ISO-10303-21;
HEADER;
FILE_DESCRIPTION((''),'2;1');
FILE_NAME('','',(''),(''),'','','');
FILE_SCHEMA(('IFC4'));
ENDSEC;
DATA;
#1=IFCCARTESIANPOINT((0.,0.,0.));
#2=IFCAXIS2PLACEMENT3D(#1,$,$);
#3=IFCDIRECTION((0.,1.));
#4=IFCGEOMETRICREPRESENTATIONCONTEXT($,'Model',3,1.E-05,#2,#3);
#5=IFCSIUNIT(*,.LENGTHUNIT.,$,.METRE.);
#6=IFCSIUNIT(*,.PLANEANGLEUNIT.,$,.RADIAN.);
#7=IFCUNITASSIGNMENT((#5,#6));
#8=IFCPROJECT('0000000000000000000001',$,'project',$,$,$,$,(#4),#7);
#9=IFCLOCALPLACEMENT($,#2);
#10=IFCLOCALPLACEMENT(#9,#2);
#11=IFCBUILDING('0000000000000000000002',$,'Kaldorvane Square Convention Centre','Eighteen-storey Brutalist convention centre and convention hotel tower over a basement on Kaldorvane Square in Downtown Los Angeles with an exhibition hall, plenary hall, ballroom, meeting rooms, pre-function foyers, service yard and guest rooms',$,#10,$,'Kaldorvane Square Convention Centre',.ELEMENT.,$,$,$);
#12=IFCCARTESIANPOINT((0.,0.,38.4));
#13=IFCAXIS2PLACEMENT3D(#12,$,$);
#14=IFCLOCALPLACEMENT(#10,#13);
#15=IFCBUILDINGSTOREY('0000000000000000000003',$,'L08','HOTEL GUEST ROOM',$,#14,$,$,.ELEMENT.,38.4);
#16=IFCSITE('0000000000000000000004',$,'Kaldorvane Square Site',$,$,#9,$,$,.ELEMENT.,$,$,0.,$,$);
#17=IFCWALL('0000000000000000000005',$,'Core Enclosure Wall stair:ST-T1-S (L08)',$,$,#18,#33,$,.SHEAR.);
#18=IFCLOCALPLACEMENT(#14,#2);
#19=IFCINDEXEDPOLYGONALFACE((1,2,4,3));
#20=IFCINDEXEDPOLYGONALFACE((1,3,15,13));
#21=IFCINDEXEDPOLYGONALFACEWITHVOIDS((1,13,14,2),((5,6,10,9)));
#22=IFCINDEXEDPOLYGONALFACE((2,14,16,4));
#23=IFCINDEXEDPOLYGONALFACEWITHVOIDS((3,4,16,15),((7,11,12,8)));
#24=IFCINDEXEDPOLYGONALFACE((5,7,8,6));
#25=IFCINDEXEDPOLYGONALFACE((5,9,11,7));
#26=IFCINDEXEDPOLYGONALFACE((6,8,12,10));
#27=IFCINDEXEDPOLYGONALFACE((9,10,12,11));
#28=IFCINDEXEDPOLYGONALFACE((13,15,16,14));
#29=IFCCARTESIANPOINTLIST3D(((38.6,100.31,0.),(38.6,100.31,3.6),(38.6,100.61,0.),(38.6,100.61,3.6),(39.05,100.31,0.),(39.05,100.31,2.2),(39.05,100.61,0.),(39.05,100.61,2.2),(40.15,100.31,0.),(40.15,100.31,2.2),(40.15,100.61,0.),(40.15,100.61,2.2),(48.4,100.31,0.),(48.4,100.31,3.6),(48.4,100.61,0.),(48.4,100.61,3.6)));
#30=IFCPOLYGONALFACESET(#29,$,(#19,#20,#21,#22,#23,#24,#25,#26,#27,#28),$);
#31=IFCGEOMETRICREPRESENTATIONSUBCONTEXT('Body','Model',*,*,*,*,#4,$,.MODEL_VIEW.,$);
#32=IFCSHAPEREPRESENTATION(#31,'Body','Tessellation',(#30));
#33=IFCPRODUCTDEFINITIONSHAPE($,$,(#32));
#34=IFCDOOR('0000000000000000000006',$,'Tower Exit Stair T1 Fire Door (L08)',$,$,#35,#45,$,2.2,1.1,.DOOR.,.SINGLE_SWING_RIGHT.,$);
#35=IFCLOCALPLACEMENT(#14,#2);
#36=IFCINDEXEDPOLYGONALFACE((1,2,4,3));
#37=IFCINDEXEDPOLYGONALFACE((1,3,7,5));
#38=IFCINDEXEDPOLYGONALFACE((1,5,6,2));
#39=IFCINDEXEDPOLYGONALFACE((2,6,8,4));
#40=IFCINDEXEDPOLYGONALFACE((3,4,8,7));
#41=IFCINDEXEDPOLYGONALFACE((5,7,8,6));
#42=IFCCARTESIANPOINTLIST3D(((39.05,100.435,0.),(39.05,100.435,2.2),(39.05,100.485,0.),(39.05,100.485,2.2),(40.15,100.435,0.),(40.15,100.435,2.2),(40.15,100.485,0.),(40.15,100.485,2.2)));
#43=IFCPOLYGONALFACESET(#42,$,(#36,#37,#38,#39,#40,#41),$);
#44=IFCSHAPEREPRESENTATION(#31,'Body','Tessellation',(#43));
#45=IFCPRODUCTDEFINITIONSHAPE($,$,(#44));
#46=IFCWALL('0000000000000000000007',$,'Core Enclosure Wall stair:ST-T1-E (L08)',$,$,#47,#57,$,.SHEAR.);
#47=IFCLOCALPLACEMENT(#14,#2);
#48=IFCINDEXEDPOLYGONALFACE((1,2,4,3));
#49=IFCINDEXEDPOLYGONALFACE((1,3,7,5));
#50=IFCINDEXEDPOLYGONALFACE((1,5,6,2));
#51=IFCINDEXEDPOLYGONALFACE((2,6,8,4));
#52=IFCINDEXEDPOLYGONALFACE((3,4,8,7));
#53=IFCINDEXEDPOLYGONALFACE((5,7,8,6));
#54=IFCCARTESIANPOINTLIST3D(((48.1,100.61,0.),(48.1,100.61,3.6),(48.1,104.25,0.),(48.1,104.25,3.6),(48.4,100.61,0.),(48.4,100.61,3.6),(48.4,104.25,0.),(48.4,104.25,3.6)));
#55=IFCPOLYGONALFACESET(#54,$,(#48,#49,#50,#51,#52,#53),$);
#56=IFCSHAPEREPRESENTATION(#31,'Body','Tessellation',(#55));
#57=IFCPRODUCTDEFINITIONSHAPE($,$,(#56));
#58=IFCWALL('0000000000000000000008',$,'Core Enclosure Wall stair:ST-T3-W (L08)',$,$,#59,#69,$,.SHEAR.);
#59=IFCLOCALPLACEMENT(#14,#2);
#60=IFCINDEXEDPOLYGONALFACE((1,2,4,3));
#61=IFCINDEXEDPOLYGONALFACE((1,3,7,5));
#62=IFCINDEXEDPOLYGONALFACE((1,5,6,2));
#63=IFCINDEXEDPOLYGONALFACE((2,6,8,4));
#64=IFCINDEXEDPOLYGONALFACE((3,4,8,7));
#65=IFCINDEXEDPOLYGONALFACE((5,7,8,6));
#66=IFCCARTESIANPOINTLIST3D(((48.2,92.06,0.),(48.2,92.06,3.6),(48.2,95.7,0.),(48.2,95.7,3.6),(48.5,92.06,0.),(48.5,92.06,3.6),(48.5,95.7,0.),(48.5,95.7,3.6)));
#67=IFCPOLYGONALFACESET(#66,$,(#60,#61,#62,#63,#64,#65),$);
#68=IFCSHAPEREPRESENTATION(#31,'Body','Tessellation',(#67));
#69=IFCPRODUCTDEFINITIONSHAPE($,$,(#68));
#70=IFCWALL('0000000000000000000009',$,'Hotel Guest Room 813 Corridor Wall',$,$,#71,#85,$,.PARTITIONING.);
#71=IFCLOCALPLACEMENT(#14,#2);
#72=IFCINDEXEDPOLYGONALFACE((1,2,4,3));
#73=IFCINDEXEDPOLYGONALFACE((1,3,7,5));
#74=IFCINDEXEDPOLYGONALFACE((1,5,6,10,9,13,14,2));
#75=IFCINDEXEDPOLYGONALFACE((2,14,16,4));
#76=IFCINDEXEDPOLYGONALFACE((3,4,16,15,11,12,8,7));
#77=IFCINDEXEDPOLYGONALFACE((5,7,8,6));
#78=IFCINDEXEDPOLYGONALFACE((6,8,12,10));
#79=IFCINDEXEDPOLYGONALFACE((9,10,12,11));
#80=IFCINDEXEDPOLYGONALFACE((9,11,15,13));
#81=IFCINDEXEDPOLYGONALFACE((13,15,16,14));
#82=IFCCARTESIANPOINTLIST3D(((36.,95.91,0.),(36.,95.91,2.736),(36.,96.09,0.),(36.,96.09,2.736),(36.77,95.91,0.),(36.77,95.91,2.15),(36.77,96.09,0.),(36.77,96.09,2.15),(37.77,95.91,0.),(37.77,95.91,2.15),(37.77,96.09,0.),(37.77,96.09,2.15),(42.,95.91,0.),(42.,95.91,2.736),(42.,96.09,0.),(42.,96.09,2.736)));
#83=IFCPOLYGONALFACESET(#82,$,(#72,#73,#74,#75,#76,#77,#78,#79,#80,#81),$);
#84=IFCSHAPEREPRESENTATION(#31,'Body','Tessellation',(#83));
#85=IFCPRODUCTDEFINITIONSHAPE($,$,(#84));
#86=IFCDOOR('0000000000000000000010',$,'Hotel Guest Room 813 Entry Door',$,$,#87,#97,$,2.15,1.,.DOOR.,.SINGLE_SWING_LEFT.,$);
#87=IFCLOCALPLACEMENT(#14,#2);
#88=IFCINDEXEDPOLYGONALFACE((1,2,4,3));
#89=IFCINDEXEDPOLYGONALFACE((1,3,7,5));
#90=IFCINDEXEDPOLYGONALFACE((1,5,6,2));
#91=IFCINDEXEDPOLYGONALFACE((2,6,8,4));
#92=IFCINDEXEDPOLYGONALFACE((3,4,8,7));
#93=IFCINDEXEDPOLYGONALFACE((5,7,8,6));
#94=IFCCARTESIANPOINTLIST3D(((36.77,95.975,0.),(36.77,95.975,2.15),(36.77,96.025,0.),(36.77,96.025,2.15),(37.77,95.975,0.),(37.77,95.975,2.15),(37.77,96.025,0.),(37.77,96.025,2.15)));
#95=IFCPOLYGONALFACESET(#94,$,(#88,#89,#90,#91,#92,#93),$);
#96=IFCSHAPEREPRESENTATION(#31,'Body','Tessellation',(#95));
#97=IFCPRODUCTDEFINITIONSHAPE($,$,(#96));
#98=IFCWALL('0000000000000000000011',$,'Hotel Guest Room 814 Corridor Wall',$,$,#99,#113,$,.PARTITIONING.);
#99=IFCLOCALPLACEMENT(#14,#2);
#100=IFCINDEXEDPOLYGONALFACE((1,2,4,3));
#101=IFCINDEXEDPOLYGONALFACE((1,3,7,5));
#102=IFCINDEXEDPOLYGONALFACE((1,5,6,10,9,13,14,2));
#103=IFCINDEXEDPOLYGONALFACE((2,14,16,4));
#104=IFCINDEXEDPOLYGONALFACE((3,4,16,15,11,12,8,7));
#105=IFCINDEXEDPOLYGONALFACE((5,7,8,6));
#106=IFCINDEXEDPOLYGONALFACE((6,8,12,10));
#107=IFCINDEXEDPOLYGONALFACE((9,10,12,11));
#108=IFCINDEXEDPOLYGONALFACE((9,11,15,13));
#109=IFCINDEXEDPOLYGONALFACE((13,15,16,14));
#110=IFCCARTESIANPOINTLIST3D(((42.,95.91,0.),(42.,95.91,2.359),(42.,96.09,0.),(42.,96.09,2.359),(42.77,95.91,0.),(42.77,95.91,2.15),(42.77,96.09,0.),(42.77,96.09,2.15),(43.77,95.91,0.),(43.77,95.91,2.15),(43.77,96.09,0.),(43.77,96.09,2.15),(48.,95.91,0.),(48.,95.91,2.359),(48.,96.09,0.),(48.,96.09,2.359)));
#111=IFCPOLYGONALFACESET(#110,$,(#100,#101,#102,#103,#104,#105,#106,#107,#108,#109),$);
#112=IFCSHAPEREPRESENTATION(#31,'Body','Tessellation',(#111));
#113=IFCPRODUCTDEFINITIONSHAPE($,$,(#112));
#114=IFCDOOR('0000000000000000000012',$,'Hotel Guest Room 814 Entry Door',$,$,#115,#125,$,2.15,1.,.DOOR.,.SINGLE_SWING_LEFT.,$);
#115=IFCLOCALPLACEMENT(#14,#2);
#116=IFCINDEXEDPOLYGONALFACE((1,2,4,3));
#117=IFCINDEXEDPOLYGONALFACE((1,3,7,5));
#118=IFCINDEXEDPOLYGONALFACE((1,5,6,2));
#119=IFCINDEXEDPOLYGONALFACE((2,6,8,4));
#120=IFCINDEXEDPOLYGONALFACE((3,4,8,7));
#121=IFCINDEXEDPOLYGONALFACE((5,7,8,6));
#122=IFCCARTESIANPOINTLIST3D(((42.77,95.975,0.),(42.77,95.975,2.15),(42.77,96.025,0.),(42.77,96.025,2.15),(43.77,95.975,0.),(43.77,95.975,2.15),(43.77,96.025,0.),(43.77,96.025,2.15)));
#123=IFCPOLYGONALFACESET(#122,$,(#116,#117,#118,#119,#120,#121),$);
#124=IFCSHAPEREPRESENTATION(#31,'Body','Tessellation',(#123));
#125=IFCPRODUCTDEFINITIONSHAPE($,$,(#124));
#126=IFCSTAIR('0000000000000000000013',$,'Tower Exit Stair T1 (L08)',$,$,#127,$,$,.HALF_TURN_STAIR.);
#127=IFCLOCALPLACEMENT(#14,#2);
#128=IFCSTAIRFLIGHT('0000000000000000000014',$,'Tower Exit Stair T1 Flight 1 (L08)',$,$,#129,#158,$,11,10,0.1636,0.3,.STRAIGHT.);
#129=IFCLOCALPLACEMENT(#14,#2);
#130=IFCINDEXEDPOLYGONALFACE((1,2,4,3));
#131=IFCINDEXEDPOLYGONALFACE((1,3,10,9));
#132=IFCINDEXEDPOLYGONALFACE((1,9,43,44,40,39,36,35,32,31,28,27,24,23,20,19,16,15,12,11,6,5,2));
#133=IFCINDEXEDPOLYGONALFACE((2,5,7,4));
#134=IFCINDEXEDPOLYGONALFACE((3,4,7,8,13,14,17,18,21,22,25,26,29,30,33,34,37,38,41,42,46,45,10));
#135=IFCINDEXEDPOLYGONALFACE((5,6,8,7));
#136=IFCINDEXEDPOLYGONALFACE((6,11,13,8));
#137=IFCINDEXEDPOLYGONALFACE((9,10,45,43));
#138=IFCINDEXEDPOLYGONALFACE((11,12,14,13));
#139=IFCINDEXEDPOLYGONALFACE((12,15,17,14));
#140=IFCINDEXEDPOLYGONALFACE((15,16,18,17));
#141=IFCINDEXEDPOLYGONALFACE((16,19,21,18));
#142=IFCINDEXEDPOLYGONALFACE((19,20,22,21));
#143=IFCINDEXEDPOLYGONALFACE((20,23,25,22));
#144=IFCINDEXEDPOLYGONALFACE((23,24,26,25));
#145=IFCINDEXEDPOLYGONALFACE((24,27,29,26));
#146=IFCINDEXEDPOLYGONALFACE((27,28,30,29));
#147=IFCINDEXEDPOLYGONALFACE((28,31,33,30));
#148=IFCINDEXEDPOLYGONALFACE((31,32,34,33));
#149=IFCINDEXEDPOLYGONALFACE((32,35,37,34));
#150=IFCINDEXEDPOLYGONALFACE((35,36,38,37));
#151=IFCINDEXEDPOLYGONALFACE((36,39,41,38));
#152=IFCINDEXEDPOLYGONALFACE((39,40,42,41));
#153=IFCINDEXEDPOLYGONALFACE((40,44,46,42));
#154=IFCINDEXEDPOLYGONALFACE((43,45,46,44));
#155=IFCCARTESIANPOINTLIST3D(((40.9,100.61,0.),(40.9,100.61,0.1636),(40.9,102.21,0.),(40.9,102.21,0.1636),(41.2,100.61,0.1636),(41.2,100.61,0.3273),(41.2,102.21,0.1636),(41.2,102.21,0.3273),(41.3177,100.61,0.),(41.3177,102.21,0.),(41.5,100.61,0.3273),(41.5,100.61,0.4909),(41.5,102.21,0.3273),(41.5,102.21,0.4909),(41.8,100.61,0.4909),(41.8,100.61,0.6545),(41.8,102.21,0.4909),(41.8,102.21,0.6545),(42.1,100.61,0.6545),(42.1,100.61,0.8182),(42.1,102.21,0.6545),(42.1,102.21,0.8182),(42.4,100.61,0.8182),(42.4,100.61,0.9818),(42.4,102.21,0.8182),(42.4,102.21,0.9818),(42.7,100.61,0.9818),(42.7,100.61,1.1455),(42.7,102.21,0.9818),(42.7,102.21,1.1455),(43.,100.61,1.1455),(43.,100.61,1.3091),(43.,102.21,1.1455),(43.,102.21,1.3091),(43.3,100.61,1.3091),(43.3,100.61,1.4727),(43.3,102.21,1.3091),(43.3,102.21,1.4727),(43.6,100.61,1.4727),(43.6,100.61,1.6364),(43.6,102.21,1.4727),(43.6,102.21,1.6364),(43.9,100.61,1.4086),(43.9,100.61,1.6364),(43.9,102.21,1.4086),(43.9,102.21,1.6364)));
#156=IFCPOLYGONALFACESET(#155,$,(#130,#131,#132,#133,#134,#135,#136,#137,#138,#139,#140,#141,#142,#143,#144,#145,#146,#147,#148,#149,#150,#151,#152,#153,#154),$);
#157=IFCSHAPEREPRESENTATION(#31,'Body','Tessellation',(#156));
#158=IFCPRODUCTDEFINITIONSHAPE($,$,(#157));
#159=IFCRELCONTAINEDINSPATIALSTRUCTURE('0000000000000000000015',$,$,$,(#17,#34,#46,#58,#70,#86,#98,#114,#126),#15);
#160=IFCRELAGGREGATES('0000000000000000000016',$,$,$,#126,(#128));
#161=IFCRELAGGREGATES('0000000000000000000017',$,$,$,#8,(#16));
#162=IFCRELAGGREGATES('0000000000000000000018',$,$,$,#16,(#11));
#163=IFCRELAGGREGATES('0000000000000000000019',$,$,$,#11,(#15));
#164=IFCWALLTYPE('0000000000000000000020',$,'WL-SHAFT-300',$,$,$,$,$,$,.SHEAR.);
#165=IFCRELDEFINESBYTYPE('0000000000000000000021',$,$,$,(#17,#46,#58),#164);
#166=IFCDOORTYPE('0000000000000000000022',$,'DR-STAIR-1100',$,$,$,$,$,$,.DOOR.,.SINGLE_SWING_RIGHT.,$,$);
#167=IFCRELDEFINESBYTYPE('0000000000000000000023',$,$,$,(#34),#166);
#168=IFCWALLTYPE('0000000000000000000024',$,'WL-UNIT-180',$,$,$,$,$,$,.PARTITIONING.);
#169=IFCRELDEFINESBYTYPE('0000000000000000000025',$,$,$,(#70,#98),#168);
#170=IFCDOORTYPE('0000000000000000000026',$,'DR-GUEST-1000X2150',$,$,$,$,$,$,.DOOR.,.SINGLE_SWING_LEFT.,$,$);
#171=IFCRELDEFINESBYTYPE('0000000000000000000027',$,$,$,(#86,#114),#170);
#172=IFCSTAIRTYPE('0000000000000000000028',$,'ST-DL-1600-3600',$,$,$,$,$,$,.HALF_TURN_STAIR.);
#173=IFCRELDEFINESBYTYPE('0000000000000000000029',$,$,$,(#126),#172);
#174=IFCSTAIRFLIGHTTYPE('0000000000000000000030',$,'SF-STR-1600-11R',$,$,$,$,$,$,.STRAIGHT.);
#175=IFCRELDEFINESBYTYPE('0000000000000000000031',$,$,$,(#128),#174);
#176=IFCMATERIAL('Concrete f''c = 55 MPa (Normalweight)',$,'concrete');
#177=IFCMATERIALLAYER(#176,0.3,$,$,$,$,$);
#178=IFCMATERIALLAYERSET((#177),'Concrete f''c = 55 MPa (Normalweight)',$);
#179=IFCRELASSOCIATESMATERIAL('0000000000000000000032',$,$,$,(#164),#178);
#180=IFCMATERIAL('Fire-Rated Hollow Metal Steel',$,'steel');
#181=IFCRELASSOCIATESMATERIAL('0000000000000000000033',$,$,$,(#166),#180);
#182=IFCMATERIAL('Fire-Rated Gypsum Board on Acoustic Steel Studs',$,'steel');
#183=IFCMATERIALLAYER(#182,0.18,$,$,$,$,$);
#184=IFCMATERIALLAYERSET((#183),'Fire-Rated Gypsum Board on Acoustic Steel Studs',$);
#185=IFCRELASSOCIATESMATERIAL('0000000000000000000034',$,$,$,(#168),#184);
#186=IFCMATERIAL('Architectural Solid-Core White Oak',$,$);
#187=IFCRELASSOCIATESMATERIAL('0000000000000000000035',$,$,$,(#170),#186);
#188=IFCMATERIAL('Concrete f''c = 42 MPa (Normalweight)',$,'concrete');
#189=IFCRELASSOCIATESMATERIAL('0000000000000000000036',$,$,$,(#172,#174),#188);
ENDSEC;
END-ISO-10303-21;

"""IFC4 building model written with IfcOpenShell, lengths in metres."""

from ifc_helpers import new_model, si_unit, direction, frame, frame_2d, origin, place, context, subcontext, project, spatial, polyline, rectangle, outline, extrude, material, layer, layer_set, type_object, element, fill, aggregate, save


model = new_model("IFC4")

# Units and contexts
model_context = context("Model", 3, precision=1e-05, world=origin(), true_north=direction((0.0, 1.0)))
body_context = subcontext(model_context, "Body", "Model", "MODEL_VIEW")
ifc_project = project(units=[si_unit("LENGTHUNIT", "METRE"), si_unit("PLANEANGLEUNIT", "RADIAN")], contexts=[model_context])

# Site, building, storey
site_placement = place(None, origin())
site = spatial("IfcSite", under=ifc_project, at=site_placement, Name="Kaldorvane Square Site", CompositionType="ELEMENT", RefElevation=0.0)
building_placement = place(site_placement, origin())
building = spatial("IfcBuilding", under=site, at=building_placement, Name="Kaldorvane Square Convention Centre", Description="Eighteen-storey Brutalist convention centre and convention hotel tower over a basement on Kaldorvane Square in Downtown Los Angeles with an exhibition hall, plenary hall, ballroom, meeting rooms, pre-function foyers, service yard and guest rooms", LongName="Kaldorvane Square Convention Centre", CompositionType="ELEMENT")
storey_placement = place(building_placement, frame((0.0, 0.0, 38.4)))
storey = spatial("IfcBuildingStorey", under=building, at=storey_placement, Name="L08", Description="HOTEL GUEST ROOM", CompositionType="ELEMENT", Elevation=38.4)

# Shared definitions
ifc_material_1 = material(Name="Fire-Rated Gypsum Board on Acoustic Steel Studs", Category="steel")
ifc_material_2 = material(Name="Architectural Solid-Core White Oak")

# Wall, opening, door
ifc_material_3 = material(Name="Concrete f'c = 55 MPa (Normalweight)", Category="concrete")
ifc_layer_1 = layer(ifc_material_3, 0.3)
ifc_layer_set_1 = layer_set([ifc_layer_1], Name="Concrete f'c = 55 MPa (Normalweight)")
wall_type_1 = type_object("IfcWallType", Name="WL-SHAFT-300", PredefinedType="SHEAR", material=ifc_layer_set_1)
wall_1_placement = place(storey_placement, frame((38.6, 100.46, 0.0), z_axis=(0.0, 0.0, 1.0), x_axis=(1.0, 0.0, 0.0)))
wall_1 = element("IfcWall", 1, at=wall_1_placement, inside=storey, type_object=wall_type_1, Name="Core Enclosure Wall stair:ST-T1-S (L08)", PredefinedType="SHEAR", context=body_context, shape_type="SweptSolid", body=[
    extrude(rectangle(XDim=9.8, YDim=0.3, at=frame_2d((4.9, 0.0))), origin(), (0.0, 0.0, 1.0), 3.6),
])
opening_1_placement = place(wall_1_placement, frame((0.45, 0.0, 0.0)))
opening_1 = element("IfcOpeningElement", 2, at=opening_1_placement, cuts=wall_1, PredefinedType="OPENING", context=body_context, shape_type="SweptSolid", body=[
    extrude(rectangle(XDim=1.1, YDim=2.2, at=frame_2d((0.55, 1.1))), frame((0.0, 0.165, 0.0), z_axis=(0.0, -1.0, 0.0), x_axis=(1.0, 0.0, 0.0)), (0.0, 0.0, 1.0), 0.33),
])
ifc_material_4 = material(Name="Fire-Rated Hollow Metal Steel", Category="steel")
door_type_1 = type_object("IfcDoorType", Name="DR-STAIR-1100", OperationType="SINGLE_SWING_RIGHT", PredefinedType="DOOR", material=ifc_material_4)
door_1_placement = place(opening_1_placement, origin())
door_1 = element("IfcDoor", 3, at=door_1_placement, inside=storey, type_object=door_type_1, Name="Tower Exit Stair T1 Fire Door (L08)", OperationType="SINGLE_SWING_RIGHT", OverallHeight=2.2, OverallWidth=1.1, PredefinedType="DOOR", context=body_context, shape_type="SweptSolid", body=[
    extrude(rectangle(XDim=1.1, YDim=2.2, at=frame_2d((0.55, 1.1))), frame((0.0, 0.025, 0.0), z_axis=(0.0, -1.0, 0.0), x_axis=(1.0, 0.0, 0.0)), (0.0, 0.0, 1.0), 0.05),
])
fill(opening_1, door_1)

# Walls
for number, where, z_axis, x_axis, name in (
    (4, (48.25, 100.61, 0.0), (0.0, 0.0, 1.0), (0.0, 1.0, 0.0), "Core Enclosure Wall stair:ST-T1-E (L08)"),
    (5, (48.35, 95.7, 0.0), (0.0, 0.0, 1.0), (0.0, -1.0, 0.0), "Core Enclosure Wall stair:ST-T3-W (L08)"),
):
    element("IfcWall", number, at=place(storey_placement, frame(where, z_axis=z_axis, x_axis=x_axis)), inside=storey, type_object=wall_type_1, Name=name, PredefinedType="SHEAR", context=body_context, shape_type="SweptSolid", body=[
        extrude(rectangle(XDim=3.64, YDim=0.3, at=frame_2d((1.82, 0.0))), origin(), (0.0, 0.0, 1.0), 3.6),
    ])

# Walls, openings, doors
ifc_layer_2 = layer(ifc_material_1, 0.18)
ifc_layer_set_2 = layer_set([ifc_layer_2], Name="Fire-Rated Gypsum Board on Acoustic Steel Studs")
wall_type_2 = type_object("IfcWallType", Name="WL-UNIT-180", PredefinedType="PARTITIONING", material=ifc_layer_set_2)
wall_2_placement = place(storey_placement, frame((36.0, 96.0, 0.0), z_axis=(0.0, 0.0, 1.0), x_axis=(1.0, 0.0, 0.0)))
wall_2 = element("IfcWall", 6, at=wall_2_placement, inside=storey, type_object=wall_type_2, Name="Hotel Guest Room 813 Corridor Wall", PredefinedType="PARTITIONING", context=body_context, shape_type="SweptSolid", body=[
    extrude(rectangle(XDim=6.0, YDim=0.18, at=frame_2d((3.0, 0.0))), origin(), (0.0, 0.0, 1.0), 2.736),
])
opening_2_placement = place(wall_2_placement, frame((0.77, 0.0, 0.0)))
opening_2 = element("IfcOpeningElement", 7, at=opening_2_placement, cuts=wall_2, PredefinedType="OPENING", context=body_context, shape_type="SweptSolid", body=[
    extrude(rectangle(XDim=1.0, YDim=2.15, at=frame_2d((0.5, 1.075))), frame((0.0, 0.105, 0.0), z_axis=(0.0, -1.0, 0.0), x_axis=(1.0, 0.0, 0.0)), (0.0, 0.0, 1.0), 0.21),
])
door_type_2 = type_object("IfcDoorType", Name="DR-GUEST-1000X2150", OperationType="SINGLE_SWING_LEFT", PredefinedType="DOOR", material=ifc_material_2)
door_2_placement = place(opening_2_placement, origin())
door_2 = element("IfcDoor", 8, at=door_2_placement, inside=storey, type_object=door_type_2, Name="Hotel Guest Room 813 Entry Door", OperationType="SINGLE_SWING_LEFT", OverallHeight=2.15, OverallWidth=1.0, PredefinedType="DOOR", context=body_context, shape_type="SweptSolid", body=[
    extrude(rectangle(XDim=1.0, YDim=2.15, at=frame_2d((0.5, 1.075))), frame((0.0, 0.025, 0.0), z_axis=(0.0, -1.0, 0.0), x_axis=(1.0, 0.0, 0.0)), (0.0, 0.0, 1.0), 0.05),
])
fill(opening_2, door_2)
wall_3_placement = place(storey_placement, frame((42.0, 96.0, 0.0), z_axis=(0.0, 0.0, 1.0), x_axis=(1.0, 0.0, 0.0)))
wall_3 = element("IfcWall", 9, at=wall_3_placement, inside=storey, type_object=wall_type_2, Name="Hotel Guest Room 814 Corridor Wall", PredefinedType="PARTITIONING", context=body_context, shape_type="SweptSolid", body=[
    extrude(rectangle(XDim=6.0, YDim=0.18, at=frame_2d((3.0, 0.0))), origin(), (0.0, 0.0, 1.0), 2.359),
])
opening_3_placement = place(wall_3_placement, frame((0.77, 0.0, 0.0)))
opening_3 = element("IfcOpeningElement", 10, at=opening_3_placement, cuts=wall_3, PredefinedType="OPENING", context=body_context, shape_type="SweptSolid", body=[
    extrude(rectangle(XDim=1.0, YDim=2.15, at=frame_2d((0.5, 1.075))), frame((0.0, 0.105, 0.0), z_axis=(0.0, -1.0, 0.0), x_axis=(1.0, 0.0, 0.0)), (0.0, 0.0, 1.0), 0.21),
])
door_3_placement = place(opening_3_placement, origin())
door_3 = element("IfcDoor", 11, at=door_3_placement, inside=storey, type_object=door_type_2, Name="Hotel Guest Room 814 Entry Door", OperationType="SINGLE_SWING_LEFT", OverallHeight=2.15, OverallWidth=1.0, PredefinedType="DOOR", context=body_context, shape_type="SweptSolid", body=[
    extrude(rectangle(XDim=1.0, YDim=2.15, at=frame_2d((0.5, 1.075))), frame((0.0, 0.025, 0.0), z_axis=(0.0, -1.0, 0.0), x_axis=(1.0, 0.0, 0.0)), (0.0, 0.0, 1.0), 0.05),
])
fill(opening_3, door_3)

# Stair, stair flight
ifc_material_5 = material(Name="Concrete f'c = 42 MPa (Normalweight)", Category="concrete")
stair_type = type_object("IfcStairType", Name="ST-DL-1600-3600", PredefinedType="HALF_TURN_STAIR", material=ifc_material_5)
stair_1_placement = place(storey_placement, origin())
stair_1 = element("IfcStair", 12, at=stair_1_placement, inside=storey, type_object=stair_type, Name="Tower Exit Stair T1 (L08)", PredefinedType="HALF_TURN_STAIR")
stair_flight_type = type_object("IfcStairFlightType", Name="SF-STR-1600-11R", PredefinedType="STRAIGHT", material=ifc_material_5)
stair_flight_1_placement = place(storey_placement, frame((40.9, 101.41, 0.0), z_axis=(0.0, 0.0, 1.0), x_axis=(1.0, 0.0, 0.0)))
stair_flight_1 = element("IfcStairFlight", 13, at=stair_flight_1_placement, type_object=stair_flight_type, Name="Tower Exit Stair T1 Flight 1 (L08)", NumberOfRisers=11, NumberOfTreads=10, PredefinedType="STRAIGHT", RiserHeight=0.1636, TreadLength=0.3, context=body_context, shape_type="SweptSolid", body=[
    extrude(outline(polyline([(0.0, 0.0), (0.0, 0.1636), (0.3, 0.1636), (0.3, 0.3273), (0.6, 0.3273), (0.6, 0.4909), (0.9, 0.4909), (0.9, 0.6545), (1.2, 0.6545), (1.2, 0.8182), (1.5, 0.8182), (1.5, 0.9818), (1.8, 0.9818), (1.8, 1.1455), (2.1, 1.1455), (2.1, 1.3091), (2.4, 1.3091), (2.4, 1.4727), (2.7, 1.4727), (2.7, 1.6364), (3.0, 1.6364), (3.0, 1.8), (3.0, 1.4086), (0.4177, 0.0), (0.0, 0.0)])), frame((0.0, 0.8, 0.0), z_axis=(0.0, -1.0, 0.0), x_axis=(1.0, 0.0, 0.0)), (0.0, 0.0, 1.0), 1.6),
])
aggregate(stair_1, [stair_flight_1])

save(model, "model.ifc")
